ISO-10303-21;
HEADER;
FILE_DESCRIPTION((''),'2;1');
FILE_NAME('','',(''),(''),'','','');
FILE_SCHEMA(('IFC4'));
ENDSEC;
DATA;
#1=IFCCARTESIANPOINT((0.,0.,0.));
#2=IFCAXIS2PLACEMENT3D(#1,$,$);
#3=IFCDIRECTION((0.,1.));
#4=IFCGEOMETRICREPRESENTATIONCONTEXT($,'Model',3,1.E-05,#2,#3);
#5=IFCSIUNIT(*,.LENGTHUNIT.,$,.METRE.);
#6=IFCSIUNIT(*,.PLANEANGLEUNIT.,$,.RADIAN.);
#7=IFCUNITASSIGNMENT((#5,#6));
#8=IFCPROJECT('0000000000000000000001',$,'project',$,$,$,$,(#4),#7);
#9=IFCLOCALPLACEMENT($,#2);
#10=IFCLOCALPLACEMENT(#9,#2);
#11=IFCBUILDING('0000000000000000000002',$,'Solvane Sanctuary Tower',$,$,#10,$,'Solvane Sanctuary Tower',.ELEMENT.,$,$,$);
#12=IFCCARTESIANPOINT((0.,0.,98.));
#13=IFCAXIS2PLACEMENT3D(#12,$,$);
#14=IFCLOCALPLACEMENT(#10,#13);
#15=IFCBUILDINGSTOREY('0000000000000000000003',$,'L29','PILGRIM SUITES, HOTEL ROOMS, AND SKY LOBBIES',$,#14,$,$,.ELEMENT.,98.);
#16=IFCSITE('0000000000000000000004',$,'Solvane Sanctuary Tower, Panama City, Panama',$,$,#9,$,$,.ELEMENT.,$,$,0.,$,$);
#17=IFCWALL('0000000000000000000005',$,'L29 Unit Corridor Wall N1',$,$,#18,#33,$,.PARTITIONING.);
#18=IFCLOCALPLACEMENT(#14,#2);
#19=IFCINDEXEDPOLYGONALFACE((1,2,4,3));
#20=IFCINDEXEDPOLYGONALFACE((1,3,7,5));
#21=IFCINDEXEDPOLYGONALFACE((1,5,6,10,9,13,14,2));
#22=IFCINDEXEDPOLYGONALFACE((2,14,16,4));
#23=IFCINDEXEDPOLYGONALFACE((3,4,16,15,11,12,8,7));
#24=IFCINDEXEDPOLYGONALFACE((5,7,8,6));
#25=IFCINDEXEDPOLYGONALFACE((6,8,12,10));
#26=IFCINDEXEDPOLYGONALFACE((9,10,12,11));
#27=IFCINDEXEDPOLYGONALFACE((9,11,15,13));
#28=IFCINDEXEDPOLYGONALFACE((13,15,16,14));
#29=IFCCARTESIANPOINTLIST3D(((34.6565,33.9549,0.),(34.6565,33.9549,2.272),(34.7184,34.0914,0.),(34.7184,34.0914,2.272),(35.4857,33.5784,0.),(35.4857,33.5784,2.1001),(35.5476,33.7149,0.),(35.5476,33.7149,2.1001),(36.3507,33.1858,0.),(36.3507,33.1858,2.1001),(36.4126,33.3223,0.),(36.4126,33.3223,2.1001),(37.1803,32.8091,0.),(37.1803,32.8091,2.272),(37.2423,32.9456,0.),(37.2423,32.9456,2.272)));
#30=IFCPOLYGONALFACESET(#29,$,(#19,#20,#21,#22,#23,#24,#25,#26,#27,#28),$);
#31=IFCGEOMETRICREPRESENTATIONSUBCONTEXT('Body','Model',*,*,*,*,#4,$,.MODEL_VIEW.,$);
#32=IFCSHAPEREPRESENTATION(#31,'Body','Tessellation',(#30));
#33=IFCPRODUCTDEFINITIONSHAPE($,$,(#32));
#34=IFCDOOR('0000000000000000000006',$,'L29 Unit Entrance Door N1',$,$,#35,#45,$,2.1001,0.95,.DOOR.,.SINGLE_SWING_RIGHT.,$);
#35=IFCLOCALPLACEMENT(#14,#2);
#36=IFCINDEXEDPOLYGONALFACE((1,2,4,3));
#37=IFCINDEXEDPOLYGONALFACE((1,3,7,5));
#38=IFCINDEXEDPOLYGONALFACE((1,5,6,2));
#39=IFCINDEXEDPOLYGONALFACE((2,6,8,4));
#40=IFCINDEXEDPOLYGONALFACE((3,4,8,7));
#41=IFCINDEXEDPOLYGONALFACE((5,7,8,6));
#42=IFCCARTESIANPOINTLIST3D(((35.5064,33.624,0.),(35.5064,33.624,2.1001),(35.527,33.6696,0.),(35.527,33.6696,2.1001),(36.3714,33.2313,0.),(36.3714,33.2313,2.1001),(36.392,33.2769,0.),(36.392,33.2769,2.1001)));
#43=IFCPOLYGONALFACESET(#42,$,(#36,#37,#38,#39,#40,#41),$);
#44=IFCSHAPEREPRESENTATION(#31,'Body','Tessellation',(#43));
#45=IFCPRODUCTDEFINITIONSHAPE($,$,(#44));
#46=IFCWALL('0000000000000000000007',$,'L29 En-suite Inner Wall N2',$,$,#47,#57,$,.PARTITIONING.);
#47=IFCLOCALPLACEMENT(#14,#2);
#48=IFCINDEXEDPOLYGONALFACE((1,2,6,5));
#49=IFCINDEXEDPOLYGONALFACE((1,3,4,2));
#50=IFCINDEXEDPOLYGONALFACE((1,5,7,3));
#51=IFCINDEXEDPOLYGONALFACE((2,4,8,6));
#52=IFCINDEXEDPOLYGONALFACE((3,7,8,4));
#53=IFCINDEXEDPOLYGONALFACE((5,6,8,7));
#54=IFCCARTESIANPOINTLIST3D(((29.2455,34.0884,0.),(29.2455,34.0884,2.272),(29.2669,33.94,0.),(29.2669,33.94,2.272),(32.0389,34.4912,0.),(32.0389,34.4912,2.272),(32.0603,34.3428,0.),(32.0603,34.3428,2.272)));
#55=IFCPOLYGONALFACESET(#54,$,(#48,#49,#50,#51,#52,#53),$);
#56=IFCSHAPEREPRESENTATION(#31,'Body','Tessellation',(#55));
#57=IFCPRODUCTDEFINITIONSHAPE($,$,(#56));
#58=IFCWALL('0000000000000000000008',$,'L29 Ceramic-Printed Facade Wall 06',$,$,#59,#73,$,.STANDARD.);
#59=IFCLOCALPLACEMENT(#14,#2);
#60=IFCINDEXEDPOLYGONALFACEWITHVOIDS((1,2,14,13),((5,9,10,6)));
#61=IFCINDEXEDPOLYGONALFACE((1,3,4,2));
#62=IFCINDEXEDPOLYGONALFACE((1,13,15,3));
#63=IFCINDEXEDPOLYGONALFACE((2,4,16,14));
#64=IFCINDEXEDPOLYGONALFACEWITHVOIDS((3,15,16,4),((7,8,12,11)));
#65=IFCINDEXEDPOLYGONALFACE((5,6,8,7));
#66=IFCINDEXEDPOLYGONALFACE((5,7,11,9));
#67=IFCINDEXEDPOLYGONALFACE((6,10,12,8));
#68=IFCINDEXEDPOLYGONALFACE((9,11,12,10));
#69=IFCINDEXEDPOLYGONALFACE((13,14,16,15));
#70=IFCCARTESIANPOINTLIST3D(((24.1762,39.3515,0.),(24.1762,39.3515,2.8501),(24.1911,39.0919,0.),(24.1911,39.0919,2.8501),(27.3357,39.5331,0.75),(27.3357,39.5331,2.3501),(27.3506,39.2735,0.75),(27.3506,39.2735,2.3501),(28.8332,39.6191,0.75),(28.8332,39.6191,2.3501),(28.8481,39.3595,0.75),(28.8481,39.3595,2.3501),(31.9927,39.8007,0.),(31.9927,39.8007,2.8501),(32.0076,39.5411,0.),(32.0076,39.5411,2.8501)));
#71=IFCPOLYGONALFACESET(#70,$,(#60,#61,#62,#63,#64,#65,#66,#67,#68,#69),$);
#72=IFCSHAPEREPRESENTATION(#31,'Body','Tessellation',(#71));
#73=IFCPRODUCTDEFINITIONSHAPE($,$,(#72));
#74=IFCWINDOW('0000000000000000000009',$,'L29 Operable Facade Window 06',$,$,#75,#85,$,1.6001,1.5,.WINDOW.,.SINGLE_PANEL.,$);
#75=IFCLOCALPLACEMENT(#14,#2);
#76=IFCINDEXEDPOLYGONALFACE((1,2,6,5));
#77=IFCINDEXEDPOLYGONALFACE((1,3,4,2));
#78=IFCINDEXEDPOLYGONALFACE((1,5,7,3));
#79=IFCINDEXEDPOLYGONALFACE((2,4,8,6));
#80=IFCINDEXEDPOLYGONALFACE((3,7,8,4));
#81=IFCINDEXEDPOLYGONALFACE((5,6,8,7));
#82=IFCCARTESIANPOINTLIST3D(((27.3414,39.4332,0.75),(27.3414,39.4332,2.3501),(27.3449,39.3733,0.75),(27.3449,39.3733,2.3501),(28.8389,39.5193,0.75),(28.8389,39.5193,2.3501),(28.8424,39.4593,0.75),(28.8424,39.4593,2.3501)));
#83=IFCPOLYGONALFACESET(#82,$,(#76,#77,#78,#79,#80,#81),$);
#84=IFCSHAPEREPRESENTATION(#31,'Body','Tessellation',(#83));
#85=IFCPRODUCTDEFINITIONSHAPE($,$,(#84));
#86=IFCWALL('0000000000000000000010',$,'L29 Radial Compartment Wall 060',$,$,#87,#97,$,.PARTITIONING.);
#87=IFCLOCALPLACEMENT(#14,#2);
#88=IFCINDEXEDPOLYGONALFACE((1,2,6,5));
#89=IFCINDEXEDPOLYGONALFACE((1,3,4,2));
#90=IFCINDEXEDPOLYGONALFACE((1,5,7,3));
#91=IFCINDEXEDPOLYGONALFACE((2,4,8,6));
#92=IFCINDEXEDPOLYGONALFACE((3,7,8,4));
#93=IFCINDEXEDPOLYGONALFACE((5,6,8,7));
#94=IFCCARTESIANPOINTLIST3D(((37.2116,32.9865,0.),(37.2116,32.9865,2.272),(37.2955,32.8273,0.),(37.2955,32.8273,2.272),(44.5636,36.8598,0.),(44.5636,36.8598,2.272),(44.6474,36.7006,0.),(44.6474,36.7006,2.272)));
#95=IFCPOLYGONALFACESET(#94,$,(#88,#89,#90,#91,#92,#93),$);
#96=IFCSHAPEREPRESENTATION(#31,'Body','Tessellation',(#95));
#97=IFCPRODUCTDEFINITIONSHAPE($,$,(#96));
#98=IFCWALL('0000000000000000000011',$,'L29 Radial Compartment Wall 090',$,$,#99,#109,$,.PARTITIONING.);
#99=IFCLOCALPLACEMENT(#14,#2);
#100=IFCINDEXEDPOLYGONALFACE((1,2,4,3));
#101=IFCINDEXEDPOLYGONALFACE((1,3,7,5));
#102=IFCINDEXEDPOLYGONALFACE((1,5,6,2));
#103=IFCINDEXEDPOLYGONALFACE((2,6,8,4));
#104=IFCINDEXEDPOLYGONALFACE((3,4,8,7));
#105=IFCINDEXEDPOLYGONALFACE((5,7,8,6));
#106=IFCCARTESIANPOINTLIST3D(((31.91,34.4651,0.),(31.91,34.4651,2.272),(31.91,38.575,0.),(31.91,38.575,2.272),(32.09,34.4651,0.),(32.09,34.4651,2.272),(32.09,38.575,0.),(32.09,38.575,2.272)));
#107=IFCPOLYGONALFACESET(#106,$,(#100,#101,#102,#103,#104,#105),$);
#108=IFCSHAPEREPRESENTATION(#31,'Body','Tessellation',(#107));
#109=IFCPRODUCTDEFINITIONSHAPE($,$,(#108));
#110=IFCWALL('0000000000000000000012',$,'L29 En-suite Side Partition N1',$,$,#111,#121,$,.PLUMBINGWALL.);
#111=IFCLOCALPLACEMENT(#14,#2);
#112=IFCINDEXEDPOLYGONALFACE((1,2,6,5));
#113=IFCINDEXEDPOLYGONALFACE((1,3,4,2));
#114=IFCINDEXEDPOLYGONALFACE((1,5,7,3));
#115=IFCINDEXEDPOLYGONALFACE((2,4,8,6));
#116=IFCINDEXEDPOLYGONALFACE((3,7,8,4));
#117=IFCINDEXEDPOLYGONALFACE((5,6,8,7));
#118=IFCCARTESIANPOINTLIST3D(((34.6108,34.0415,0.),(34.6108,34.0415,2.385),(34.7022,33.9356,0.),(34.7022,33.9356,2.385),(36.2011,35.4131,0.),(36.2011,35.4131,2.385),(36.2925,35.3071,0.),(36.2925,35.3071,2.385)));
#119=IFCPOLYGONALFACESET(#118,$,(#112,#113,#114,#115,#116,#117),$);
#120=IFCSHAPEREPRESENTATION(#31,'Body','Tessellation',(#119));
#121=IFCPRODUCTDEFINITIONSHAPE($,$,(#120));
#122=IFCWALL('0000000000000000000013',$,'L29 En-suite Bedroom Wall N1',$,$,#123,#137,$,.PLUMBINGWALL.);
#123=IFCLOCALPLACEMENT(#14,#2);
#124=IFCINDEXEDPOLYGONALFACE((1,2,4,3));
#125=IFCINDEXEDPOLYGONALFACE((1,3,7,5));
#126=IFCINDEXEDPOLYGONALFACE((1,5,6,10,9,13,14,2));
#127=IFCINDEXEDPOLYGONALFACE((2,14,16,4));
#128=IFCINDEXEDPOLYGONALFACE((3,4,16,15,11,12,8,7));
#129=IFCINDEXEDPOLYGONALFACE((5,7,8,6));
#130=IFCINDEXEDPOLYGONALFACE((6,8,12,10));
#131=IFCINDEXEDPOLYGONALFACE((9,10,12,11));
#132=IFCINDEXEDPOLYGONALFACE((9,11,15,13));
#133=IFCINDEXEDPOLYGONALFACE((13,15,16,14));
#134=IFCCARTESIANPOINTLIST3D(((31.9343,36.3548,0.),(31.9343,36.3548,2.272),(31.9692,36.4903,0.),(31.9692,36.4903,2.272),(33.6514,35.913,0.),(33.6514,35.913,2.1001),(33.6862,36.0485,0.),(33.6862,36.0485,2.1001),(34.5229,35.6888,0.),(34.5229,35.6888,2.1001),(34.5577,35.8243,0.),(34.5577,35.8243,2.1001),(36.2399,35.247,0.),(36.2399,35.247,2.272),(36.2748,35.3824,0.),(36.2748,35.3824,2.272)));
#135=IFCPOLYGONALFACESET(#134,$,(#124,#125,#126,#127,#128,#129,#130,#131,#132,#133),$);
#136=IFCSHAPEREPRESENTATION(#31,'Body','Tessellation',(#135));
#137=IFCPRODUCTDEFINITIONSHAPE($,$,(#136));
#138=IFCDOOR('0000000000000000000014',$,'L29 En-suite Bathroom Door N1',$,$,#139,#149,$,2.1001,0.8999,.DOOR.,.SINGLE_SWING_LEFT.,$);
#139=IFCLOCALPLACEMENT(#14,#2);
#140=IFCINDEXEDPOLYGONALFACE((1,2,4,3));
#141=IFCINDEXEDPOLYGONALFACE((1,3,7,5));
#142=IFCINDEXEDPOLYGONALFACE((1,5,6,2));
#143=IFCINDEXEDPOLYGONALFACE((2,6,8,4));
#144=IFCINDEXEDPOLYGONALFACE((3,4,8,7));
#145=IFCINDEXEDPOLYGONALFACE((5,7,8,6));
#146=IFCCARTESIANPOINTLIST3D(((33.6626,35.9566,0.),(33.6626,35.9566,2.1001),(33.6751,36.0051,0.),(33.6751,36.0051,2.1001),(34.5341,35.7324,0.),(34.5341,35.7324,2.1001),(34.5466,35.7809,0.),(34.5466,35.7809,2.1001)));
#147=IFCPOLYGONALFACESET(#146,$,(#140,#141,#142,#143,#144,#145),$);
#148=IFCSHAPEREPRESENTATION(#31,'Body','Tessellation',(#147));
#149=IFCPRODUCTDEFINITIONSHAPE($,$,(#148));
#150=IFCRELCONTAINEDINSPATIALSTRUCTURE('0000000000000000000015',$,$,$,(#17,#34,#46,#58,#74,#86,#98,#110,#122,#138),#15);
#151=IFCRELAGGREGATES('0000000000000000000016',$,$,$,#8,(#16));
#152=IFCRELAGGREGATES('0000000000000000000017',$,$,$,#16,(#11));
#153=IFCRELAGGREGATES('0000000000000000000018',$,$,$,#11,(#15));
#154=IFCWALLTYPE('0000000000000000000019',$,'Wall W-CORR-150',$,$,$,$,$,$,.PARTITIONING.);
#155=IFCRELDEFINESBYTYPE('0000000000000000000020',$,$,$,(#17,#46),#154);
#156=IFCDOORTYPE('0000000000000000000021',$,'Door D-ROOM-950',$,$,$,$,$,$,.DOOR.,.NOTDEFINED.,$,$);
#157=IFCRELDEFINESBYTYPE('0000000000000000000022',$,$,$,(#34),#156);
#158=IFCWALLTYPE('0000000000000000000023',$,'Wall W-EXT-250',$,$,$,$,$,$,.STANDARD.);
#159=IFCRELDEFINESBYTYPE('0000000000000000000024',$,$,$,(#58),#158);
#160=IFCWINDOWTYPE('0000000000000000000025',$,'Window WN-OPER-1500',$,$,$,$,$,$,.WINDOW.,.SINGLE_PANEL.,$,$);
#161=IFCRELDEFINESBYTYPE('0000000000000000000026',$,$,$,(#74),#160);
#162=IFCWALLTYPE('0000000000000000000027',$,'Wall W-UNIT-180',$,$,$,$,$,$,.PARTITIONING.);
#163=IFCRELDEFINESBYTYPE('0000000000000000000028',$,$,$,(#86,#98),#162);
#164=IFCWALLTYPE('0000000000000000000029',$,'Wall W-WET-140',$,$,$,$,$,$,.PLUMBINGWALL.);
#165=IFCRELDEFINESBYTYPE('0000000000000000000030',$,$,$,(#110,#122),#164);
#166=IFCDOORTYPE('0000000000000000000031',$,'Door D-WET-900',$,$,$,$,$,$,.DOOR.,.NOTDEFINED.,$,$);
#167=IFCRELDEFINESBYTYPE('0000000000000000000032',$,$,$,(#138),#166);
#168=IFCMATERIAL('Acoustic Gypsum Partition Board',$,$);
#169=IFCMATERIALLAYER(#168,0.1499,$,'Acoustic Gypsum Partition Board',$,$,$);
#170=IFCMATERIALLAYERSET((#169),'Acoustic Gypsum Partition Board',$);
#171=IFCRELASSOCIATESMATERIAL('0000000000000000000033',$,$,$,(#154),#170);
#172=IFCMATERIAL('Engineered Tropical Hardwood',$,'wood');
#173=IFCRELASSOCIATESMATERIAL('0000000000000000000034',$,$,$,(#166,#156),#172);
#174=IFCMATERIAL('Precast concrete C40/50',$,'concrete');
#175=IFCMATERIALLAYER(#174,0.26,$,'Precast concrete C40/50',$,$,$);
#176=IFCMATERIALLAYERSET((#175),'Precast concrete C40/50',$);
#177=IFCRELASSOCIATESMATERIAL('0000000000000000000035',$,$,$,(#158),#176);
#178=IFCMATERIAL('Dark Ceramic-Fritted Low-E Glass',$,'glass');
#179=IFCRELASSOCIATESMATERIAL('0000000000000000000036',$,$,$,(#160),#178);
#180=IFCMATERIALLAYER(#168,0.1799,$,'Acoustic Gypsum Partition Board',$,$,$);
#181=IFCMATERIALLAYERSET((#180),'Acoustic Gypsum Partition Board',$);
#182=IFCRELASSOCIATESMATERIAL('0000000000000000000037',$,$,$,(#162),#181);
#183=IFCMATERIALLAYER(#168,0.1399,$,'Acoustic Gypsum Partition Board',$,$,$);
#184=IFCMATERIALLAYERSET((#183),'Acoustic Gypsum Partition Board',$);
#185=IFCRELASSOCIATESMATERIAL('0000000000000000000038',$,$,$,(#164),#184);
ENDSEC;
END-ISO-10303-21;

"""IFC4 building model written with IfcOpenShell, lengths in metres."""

from ifc_helpers import new_model, si_unit, direction, frame, frame_2d, origin, place, context, subcontext, project, spatial, rectangle, extrude, material, layer, layer_set, type_object, element, fill, save


model = new_model("IFC4")

# Units and contexts
model_context = context("Model", 3, precision=1e-05, world=origin(), true_north=direction((0.0, 1.0)))
body_context = subcontext(model_context, "Body", "Model", "MODEL_VIEW")
ifc_project = project(units=[si_unit("LENGTHUNIT", "METRE"), si_unit("PLANEANGLEUNIT", "RADIAN")], contexts=[model_context])

# Site, building, storey
site_placement = place(None, origin())
site = spatial("IfcSite", under=ifc_project, at=site_placement, Name="Solvane Sanctuary Tower, Panama City, Panama", CompositionType="ELEMENT", RefElevation=0.0)
building_placement = place(site_placement, origin())
building = spatial("IfcBuilding", under=site, at=building_placement, Name="Solvane Sanctuary Tower", LongName="Solvane Sanctuary Tower", CompositionType="ELEMENT")
storey_placement = place(building_placement, frame((0.0, 0.0, 98.0)))
storey = spatial("IfcBuildingStorey", under=building, at=storey_placement, Name="L29", Description="PILGRIM SUITES, HOTEL ROOMS, AND SKY LOBBIES", CompositionType="ELEMENT", Elevation=98.0)

# Shared definitions
ifc_material_1 = material(Name="Acoustic Gypsum Partition Board")
ifc_layer_1 = layer(ifc_material_1, 0.1499, Name="Acoustic Gypsum Partition Board")
ifc_layer_set_1 = layer_set([ifc_layer_1], Name="Acoustic Gypsum Partition Board")
wall_type_1 = type_object("IfcWallType", Name="Wall W-CORR-150", PredefinedType="PARTITIONING", material=ifc_layer_set_1)

# Shared definitions
ifc_material_2 = material(Name="Engineered Tropical Hardwood", Category="wood")
door_type_1 = type_object("IfcDoorType", Name="Door D-WET-900", OperationType="NOTDEFINED", PredefinedType="DOOR", material=ifc_material_2)

# Wall, opening, door
wall_1_placement = place(storey_placement, frame((37.2112, 32.8774, 0.0), z_axis=(0.0, 0.0, 1.0), x_axis=(-0.910568, 0.413358, 0.0)))
wall_1 = element("IfcWall", 1, at=wall_1_placement, inside=storey, type_object=wall_type_1, Name="L29 Unit Corridor Wall N1", PredefinedType="PARTITIONING", context=body_context, shape_type="SweptSolid", body=[
    extrude(rectangle(XDim=2.7717, YDim=0.1499, at=frame_2d((1.3857, 0.0))), origin(), (0.0, 0.0, 1.0), 2.272),
])
opening_1_placement = place(wall_1_placement, frame((0.9109, 0.0, 0.0)))
opening_1 = element("IfcOpeningElement", 2, at=opening_1_placement, cuts=wall_1, PredefinedType="OPENING", context=body_context, shape_type="SweptSolid", body=[
    extrude(rectangle(XDim=0.95, YDim=2.1001, at=frame_2d((0.4751, 1.05))), frame((0.0, 0.085, 0.0), z_axis=(0.0, -1.0, 0.0), x_axis=(1.0, 0.0, 0.0)), (0.0, 0.0, 1.0), 0.1699),
])
door_type_2 = type_object("IfcDoorType", Name="Door D-ROOM-950", OperationType="NOTDEFINED", PredefinedType="DOOR", material=ifc_material_2)
door_1_placement = place(opening_1_placement, origin())
door_1 = element("IfcDoor", 3, at=door_1_placement, inside=storey, type_object=door_type_2, Name="L29 Unit Entrance Door N1", OperationType="SINGLE_SWING_RIGHT", OverallHeight=2.1001, OverallWidth=0.95, PredefinedType="DOOR", context=body_context, shape_type="SweptSolid", body=[
    extrude(rectangle(XDim=0.95, YDim=2.1001, at=frame_2d((0.4751, 1.05))), frame((0.0, 0.0249, 0.0), z_axis=(0.0, -1.0, 0.0), x_axis=(1.0, 0.0, 0.0)), (0.0, 0.0, 1.0), 0.05),
])
fill(opening_1, door_1)

# Wall
wall_2_placement = place(storey_placement, frame((32.0496, 34.417, 0.0), z_axis=(0.0, 0.0, 1.0), x_axis=(-0.989762, -0.142729, 0.0)))
element("IfcWall", 4, at=wall_2_placement, inside=storey, type_object=wall_type_1, Name="L29 En-suite Inner Wall N2", PredefinedType="PARTITIONING", context=body_context, shape_type="SweptSolid", body=[
    extrude(rectangle(XDim=2.8223, YDim=0.1499, at=frame_2d((1.4111, 0.0))), origin(), (0.0, 0.0, 1.0), 2.272),
])

# Wall, opening, window
ifc_material_3 = material(Name="Precast concrete C40/50", Category="concrete")
ifc_layer_2 = layer(ifc_material_3, 0.26, Name="Precast concrete C40/50")
ifc_layer_set_2 = layer_set([ifc_layer_2], Name="Precast concrete C40/50")
wall_type_2 = type_object("IfcWallType", Name="Wall W-EXT-250", PredefinedType="STANDARD", material=ifc_layer_set_2)
wall_3_placement = place(storey_placement, frame((32.0, 39.6709, 0.0), z_axis=(0.0, 0.0, 1.0), x_axis=(-0.998353, -0.057377, 0.0)))
wall_3 = element("IfcWall", 5, at=wall_3_placement, inside=storey, type_object=wall_type_2, Name="L29 Ceramic-Printed Facade Wall 06", PredefinedType="STANDARD", context=body_context, shape_type="SweptSolid", body=[
    extrude(rectangle(XDim=7.8293, YDim=0.26, at=frame_2d((3.9146, 0.0))), origin(), (0.0, 0.0, 1.0), 2.8501),
])
opening_2_placement = place(wall_3_placement, frame((3.1646, 0.0, 0.75)))
opening_2 = element("IfcOpeningElement", 6, at=opening_2_placement, cuts=wall_3, PredefinedType="OPENING", context=body_context, shape_type="SweptSolid", body=[
    extrude(rectangle(XDim=1.5, YDim=1.6001, at=frame_2d((0.75, 0.8))), frame((0.0, 0.1399, 0.0), z_axis=(0.0, -1.0, 0.0), x_axis=(1.0, 0.0, 0.0)), (0.0, 0.0, 1.0), 0.28),
])
ifc_material_4 = material(Name="Dark Ceramic-Fritted Low-E Glass", Category="glass")
window_type = type_object("IfcWindowType", Name="Window WN-OPER-1500", PartitioningType="SINGLE_PANEL", PredefinedType="WINDOW", material=ifc_material_4)
window_placement = place(opening_2_placement, origin())
window = element("IfcWindow", 7, at=window_placement, inside=storey, type_object=window_type, Name="L29 Operable Facade Window 06", OverallHeight=1.6001, OverallWidth=1.5, PartitioningType="SINGLE_PANEL", PredefinedType="WINDOW", context=body_context, shape_type="SweptSolid", body=[
    extrude(rectangle(XDim=1.5, YDim=1.6001, at=frame_2d((0.75, 0.8))), frame((0.0, 0.03, 0.0), z_axis=(0.0, -1.0, 0.0), x_axis=(1.0, 0.0, 0.0)), (0.0, 0.0, 1.0), 0.0601),
])
fill(opening_2, window)

# Walls
ifc_layer_3 = layer(ifc_material_1, 0.1799, Name="Acoustic Gypsum Partition Board")
ifc_layer_set_3 = layer_set([ifc_layer_3], Name="Acoustic Gypsum Partition Board")
wall_type_3 = type_object("IfcWallType", Name="Wall W-UNIT-180", PredefinedType="PARTITIONING", material=ifc_layer_set_3)
wall_4_placement = place(storey_placement, frame((37.2537, 32.907, 0.0), z_axis=(0.0, 0.0, 1.0), x_axis=(0.88473, 0.466104, 0.0)))
element("IfcWall", 8, at=wall_4_placement, inside=storey, type_object=wall_type_3, Name="L29 Radial Compartment Wall 060", PredefinedType="PARTITIONING", context=body_context, shape_type="SweptSolid", body=[
    extrude(rectangle(XDim=8.3098, YDim=0.1799, at=frame_2d((4.1548, 0.0))), origin(), (0.0, 0.0, 1.0), 2.272),
])
wall_5_placement = place(storey_placement, frame((32.0, 34.4651, 0.0), z_axis=(0.0, 0.0, 1.0), x_axis=(0.0, 1.0, 0.0)))
element("IfcWall", 9, at=wall_5_placement, inside=storey, type_object=wall_type_3, Name="L29 Radial Compartment Wall 090", PredefinedType="PARTITIONING", context=body_context, shape_type="SweptSolid", body=[
    extrude(rectangle(XDim=4.1099, YDim=0.1799, at=frame_2d((2.0549, 0.0))), origin(), (0.0, 0.0, 1.0), 2.272),
])
ifc_layer_4 = layer(ifc_material_1, 0.1399, Name="Acoustic Gypsum Partition Board")
ifc_layer_set_4 = layer_set([ifc_layer_4], Name="Acoustic Gypsum Partition Board")
wall_type_4 = type_object("IfcWallType", Name="Wall W-WET-140", PredefinedType="PLUMBINGWALL", material=ifc_layer_set_4)
wall_6_placement = place(storey_placement, frame((34.6565, 33.9885, 0.0), z_axis=(0.0, 0.0, 1.0), x_axis=(0.757267, 0.653105, 0.0)))
element("IfcWall", 10, at=wall_6_placement, inside=storey, type_object=wall_type_4, Name="L29 En-suite Side Partition N1", PredefinedType="PLUMBINGWALL", context=body_context, shape_type="SweptSolid", body=[
    extrude(rectangle(XDim=2.1001, YDim=0.1399, at=frame_2d((1.05, 0.0))), origin(), (0.0, 0.0, 1.0), 2.385),
])

# Wall, opening, door
wall_7_placement = place(storey_placement, frame((36.2573, 35.3147, 0.0), z_axis=(0.0, 0.0, 1.0), x_axis=(-0.968453, 0.249197, 0.0)))
wall_7 = element("IfcWall", 11, at=wall_7_placement, inside=storey, type_object=wall_type_4, Name="L29 En-suite Bedroom Wall N1", PredefinedType="PLUMBINGWALL", context=body_context, shape_type="SweptSolid", body=[
    extrude(rectangle(XDim=4.4458, YDim=0.1399, at=frame_2d((2.2229, 0.0))), origin(), (0.0, 0.0, 1.0), 2.272),
])
opening_3_placement = place(wall_7_placement, frame((1.7729, 0.0, 0.0)))
opening_3 = element("IfcOpeningElement", 12, at=opening_3_placement, cuts=wall_7, PredefinedType="OPENING", context=body_context, shape_type="SweptSolid", body=[
    extrude(rectangle(XDim=0.8999, YDim=2.1001, at=frame_2d((0.45, 1.05))), frame((0.0, 0.0798, 0.0), z_axis=(0.0, -1.0, 0.0), x_axis=(1.0, 0.0, 0.0)), (0.0, 0.0, 1.0), 0.1599),
])
door_2_placement = place(opening_3_placement, origin())
door_2 = element("IfcDoor", 13, at=door_2_placement, inside=storey, type_object=door_type_1, Name="L29 En-suite Bathroom Door N1", OperationType="SINGLE_SWING_LEFT", OverallHeight=2.1001, OverallWidth=0.8999, PredefinedType="DOOR", context=body_context, shape_type="SweptSolid", body=[
    extrude(rectangle(XDim=0.8999, YDim=2.1001, at=frame_2d((0.45, 1.05))), frame((0.0, 0.0249, 0.0), z_axis=(0.0, -1.0, 0.0), x_axis=(1.0, 0.0, 0.0)), (0.0, 0.0, 1.0), 0.05),
])
fill(opening_3, door_2)

save(model, "model.ifc")
